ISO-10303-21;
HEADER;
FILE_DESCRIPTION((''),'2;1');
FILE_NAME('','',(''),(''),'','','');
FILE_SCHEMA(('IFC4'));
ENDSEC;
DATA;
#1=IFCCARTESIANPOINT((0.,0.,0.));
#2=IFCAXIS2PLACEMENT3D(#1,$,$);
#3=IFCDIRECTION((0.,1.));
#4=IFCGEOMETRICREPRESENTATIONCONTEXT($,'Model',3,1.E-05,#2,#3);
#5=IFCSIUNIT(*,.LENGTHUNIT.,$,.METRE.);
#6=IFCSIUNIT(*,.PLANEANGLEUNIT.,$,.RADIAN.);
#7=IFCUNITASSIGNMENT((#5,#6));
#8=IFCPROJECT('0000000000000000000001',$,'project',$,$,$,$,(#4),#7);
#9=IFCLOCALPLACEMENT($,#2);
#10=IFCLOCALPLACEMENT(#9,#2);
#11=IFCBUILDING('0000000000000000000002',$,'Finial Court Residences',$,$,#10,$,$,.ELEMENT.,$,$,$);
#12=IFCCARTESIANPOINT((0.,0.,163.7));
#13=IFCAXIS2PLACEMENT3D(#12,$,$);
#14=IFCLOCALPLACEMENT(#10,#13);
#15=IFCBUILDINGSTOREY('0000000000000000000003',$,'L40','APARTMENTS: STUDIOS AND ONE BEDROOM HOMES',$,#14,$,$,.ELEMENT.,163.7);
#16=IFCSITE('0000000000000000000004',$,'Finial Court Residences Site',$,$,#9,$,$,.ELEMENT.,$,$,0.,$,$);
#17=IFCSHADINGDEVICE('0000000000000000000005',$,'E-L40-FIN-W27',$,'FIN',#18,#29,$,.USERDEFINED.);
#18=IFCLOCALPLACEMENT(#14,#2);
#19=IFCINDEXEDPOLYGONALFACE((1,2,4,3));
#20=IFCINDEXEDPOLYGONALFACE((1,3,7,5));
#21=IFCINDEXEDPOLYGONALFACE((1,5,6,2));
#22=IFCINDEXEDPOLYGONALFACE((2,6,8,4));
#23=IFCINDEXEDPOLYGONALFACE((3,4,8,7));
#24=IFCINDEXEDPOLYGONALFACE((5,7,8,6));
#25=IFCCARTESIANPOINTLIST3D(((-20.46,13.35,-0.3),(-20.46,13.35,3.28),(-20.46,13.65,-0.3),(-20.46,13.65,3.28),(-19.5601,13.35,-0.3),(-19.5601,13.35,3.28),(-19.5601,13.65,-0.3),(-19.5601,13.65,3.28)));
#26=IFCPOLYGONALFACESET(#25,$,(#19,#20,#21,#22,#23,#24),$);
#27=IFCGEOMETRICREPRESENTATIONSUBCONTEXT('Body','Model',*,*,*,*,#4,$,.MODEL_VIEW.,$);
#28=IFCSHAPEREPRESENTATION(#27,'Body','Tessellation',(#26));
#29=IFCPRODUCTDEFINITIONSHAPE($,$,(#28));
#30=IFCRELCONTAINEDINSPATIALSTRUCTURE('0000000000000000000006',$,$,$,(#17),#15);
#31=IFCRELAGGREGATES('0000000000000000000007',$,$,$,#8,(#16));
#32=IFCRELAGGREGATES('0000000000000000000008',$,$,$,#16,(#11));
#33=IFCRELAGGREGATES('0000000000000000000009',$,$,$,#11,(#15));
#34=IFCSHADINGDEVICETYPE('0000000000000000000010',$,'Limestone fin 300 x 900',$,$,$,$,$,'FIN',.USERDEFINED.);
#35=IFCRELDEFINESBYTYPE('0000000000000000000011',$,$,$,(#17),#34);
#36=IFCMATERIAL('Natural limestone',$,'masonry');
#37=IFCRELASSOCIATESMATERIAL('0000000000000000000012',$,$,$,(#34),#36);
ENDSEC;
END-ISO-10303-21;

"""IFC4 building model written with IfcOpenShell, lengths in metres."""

from ifc_helpers import new_model, si_unit, direction, frame, origin, origin_2d, place, context, subcontext, project, spatial, rectangle, extrude, material, type_object, element, save


model = new_model("IFC4")

# Units and contexts
model_context = context("Model", 3, precision=1e-05, world=origin(), true_north=direction((0.0, 1.0)))
body_context = subcontext(model_context, "Body", "Model", "MODEL_VIEW")
ifc_project = project(units=[si_unit("LENGTHUNIT", "METRE"), si_unit("PLANEANGLEUNIT", "RADIAN")], contexts=[model_context])

# Site, building, storey
site_placement = place(None, origin())
site = spatial("IfcSite", under=ifc_project, at=site_placement, Name="Finial Court Residences Site", CompositionType="ELEMENT", RefElevation=0.0)
building_placement = place(site_placement, origin())
building = spatial("IfcBuilding", under=site, at=building_placement, Name="Finial Court Residences", CompositionType="ELEMENT")
storey_placement = place(building_placement, frame((0.0, 0.0, 163.7)))
storey = spatial("IfcBuildingStorey", under=building, at=storey_placement, Name="L40", Description="APARTMENTS: STUDIOS AND ONE BEDROOM HOMES", CompositionType="ELEMENT", Elevation=163.7)

# Shared definitions
ifc_material_1 = material(Name="Natural limestone", Category="masonry")

# Shading device
shading_device_type = type_object("IfcShadingDeviceType", Name="Limestone fin 300 x 900", ElementType="FIN", PredefinedType="USERDEFINED", material=ifc_material_1)
for number, where, z_axis, x_axis, name in (
    (1, (-20.01, 13.5, -0.3), (0.0, 0.0, 1.0), (1.0, 0.0, 0.0), "E-L40-FIN-W27"),
):
    element("IfcShadingDevice", number, at=place(storey_placement, frame(where, z_axis=z_axis, x_axis=x_axis)), inside=storey, type_object=shading_device_type, Name=name, ObjectType="FIN", PredefinedType="USERDEFINED", context=body_context, shape_type="SweptSolid", body=[
        extrude(rectangle(XDim=0.8999, YDim=0.3, at=origin_2d()), origin(), (0.0, 0.0, 1.0), 3.5801),
    ])

save(model, "model.ifc")
